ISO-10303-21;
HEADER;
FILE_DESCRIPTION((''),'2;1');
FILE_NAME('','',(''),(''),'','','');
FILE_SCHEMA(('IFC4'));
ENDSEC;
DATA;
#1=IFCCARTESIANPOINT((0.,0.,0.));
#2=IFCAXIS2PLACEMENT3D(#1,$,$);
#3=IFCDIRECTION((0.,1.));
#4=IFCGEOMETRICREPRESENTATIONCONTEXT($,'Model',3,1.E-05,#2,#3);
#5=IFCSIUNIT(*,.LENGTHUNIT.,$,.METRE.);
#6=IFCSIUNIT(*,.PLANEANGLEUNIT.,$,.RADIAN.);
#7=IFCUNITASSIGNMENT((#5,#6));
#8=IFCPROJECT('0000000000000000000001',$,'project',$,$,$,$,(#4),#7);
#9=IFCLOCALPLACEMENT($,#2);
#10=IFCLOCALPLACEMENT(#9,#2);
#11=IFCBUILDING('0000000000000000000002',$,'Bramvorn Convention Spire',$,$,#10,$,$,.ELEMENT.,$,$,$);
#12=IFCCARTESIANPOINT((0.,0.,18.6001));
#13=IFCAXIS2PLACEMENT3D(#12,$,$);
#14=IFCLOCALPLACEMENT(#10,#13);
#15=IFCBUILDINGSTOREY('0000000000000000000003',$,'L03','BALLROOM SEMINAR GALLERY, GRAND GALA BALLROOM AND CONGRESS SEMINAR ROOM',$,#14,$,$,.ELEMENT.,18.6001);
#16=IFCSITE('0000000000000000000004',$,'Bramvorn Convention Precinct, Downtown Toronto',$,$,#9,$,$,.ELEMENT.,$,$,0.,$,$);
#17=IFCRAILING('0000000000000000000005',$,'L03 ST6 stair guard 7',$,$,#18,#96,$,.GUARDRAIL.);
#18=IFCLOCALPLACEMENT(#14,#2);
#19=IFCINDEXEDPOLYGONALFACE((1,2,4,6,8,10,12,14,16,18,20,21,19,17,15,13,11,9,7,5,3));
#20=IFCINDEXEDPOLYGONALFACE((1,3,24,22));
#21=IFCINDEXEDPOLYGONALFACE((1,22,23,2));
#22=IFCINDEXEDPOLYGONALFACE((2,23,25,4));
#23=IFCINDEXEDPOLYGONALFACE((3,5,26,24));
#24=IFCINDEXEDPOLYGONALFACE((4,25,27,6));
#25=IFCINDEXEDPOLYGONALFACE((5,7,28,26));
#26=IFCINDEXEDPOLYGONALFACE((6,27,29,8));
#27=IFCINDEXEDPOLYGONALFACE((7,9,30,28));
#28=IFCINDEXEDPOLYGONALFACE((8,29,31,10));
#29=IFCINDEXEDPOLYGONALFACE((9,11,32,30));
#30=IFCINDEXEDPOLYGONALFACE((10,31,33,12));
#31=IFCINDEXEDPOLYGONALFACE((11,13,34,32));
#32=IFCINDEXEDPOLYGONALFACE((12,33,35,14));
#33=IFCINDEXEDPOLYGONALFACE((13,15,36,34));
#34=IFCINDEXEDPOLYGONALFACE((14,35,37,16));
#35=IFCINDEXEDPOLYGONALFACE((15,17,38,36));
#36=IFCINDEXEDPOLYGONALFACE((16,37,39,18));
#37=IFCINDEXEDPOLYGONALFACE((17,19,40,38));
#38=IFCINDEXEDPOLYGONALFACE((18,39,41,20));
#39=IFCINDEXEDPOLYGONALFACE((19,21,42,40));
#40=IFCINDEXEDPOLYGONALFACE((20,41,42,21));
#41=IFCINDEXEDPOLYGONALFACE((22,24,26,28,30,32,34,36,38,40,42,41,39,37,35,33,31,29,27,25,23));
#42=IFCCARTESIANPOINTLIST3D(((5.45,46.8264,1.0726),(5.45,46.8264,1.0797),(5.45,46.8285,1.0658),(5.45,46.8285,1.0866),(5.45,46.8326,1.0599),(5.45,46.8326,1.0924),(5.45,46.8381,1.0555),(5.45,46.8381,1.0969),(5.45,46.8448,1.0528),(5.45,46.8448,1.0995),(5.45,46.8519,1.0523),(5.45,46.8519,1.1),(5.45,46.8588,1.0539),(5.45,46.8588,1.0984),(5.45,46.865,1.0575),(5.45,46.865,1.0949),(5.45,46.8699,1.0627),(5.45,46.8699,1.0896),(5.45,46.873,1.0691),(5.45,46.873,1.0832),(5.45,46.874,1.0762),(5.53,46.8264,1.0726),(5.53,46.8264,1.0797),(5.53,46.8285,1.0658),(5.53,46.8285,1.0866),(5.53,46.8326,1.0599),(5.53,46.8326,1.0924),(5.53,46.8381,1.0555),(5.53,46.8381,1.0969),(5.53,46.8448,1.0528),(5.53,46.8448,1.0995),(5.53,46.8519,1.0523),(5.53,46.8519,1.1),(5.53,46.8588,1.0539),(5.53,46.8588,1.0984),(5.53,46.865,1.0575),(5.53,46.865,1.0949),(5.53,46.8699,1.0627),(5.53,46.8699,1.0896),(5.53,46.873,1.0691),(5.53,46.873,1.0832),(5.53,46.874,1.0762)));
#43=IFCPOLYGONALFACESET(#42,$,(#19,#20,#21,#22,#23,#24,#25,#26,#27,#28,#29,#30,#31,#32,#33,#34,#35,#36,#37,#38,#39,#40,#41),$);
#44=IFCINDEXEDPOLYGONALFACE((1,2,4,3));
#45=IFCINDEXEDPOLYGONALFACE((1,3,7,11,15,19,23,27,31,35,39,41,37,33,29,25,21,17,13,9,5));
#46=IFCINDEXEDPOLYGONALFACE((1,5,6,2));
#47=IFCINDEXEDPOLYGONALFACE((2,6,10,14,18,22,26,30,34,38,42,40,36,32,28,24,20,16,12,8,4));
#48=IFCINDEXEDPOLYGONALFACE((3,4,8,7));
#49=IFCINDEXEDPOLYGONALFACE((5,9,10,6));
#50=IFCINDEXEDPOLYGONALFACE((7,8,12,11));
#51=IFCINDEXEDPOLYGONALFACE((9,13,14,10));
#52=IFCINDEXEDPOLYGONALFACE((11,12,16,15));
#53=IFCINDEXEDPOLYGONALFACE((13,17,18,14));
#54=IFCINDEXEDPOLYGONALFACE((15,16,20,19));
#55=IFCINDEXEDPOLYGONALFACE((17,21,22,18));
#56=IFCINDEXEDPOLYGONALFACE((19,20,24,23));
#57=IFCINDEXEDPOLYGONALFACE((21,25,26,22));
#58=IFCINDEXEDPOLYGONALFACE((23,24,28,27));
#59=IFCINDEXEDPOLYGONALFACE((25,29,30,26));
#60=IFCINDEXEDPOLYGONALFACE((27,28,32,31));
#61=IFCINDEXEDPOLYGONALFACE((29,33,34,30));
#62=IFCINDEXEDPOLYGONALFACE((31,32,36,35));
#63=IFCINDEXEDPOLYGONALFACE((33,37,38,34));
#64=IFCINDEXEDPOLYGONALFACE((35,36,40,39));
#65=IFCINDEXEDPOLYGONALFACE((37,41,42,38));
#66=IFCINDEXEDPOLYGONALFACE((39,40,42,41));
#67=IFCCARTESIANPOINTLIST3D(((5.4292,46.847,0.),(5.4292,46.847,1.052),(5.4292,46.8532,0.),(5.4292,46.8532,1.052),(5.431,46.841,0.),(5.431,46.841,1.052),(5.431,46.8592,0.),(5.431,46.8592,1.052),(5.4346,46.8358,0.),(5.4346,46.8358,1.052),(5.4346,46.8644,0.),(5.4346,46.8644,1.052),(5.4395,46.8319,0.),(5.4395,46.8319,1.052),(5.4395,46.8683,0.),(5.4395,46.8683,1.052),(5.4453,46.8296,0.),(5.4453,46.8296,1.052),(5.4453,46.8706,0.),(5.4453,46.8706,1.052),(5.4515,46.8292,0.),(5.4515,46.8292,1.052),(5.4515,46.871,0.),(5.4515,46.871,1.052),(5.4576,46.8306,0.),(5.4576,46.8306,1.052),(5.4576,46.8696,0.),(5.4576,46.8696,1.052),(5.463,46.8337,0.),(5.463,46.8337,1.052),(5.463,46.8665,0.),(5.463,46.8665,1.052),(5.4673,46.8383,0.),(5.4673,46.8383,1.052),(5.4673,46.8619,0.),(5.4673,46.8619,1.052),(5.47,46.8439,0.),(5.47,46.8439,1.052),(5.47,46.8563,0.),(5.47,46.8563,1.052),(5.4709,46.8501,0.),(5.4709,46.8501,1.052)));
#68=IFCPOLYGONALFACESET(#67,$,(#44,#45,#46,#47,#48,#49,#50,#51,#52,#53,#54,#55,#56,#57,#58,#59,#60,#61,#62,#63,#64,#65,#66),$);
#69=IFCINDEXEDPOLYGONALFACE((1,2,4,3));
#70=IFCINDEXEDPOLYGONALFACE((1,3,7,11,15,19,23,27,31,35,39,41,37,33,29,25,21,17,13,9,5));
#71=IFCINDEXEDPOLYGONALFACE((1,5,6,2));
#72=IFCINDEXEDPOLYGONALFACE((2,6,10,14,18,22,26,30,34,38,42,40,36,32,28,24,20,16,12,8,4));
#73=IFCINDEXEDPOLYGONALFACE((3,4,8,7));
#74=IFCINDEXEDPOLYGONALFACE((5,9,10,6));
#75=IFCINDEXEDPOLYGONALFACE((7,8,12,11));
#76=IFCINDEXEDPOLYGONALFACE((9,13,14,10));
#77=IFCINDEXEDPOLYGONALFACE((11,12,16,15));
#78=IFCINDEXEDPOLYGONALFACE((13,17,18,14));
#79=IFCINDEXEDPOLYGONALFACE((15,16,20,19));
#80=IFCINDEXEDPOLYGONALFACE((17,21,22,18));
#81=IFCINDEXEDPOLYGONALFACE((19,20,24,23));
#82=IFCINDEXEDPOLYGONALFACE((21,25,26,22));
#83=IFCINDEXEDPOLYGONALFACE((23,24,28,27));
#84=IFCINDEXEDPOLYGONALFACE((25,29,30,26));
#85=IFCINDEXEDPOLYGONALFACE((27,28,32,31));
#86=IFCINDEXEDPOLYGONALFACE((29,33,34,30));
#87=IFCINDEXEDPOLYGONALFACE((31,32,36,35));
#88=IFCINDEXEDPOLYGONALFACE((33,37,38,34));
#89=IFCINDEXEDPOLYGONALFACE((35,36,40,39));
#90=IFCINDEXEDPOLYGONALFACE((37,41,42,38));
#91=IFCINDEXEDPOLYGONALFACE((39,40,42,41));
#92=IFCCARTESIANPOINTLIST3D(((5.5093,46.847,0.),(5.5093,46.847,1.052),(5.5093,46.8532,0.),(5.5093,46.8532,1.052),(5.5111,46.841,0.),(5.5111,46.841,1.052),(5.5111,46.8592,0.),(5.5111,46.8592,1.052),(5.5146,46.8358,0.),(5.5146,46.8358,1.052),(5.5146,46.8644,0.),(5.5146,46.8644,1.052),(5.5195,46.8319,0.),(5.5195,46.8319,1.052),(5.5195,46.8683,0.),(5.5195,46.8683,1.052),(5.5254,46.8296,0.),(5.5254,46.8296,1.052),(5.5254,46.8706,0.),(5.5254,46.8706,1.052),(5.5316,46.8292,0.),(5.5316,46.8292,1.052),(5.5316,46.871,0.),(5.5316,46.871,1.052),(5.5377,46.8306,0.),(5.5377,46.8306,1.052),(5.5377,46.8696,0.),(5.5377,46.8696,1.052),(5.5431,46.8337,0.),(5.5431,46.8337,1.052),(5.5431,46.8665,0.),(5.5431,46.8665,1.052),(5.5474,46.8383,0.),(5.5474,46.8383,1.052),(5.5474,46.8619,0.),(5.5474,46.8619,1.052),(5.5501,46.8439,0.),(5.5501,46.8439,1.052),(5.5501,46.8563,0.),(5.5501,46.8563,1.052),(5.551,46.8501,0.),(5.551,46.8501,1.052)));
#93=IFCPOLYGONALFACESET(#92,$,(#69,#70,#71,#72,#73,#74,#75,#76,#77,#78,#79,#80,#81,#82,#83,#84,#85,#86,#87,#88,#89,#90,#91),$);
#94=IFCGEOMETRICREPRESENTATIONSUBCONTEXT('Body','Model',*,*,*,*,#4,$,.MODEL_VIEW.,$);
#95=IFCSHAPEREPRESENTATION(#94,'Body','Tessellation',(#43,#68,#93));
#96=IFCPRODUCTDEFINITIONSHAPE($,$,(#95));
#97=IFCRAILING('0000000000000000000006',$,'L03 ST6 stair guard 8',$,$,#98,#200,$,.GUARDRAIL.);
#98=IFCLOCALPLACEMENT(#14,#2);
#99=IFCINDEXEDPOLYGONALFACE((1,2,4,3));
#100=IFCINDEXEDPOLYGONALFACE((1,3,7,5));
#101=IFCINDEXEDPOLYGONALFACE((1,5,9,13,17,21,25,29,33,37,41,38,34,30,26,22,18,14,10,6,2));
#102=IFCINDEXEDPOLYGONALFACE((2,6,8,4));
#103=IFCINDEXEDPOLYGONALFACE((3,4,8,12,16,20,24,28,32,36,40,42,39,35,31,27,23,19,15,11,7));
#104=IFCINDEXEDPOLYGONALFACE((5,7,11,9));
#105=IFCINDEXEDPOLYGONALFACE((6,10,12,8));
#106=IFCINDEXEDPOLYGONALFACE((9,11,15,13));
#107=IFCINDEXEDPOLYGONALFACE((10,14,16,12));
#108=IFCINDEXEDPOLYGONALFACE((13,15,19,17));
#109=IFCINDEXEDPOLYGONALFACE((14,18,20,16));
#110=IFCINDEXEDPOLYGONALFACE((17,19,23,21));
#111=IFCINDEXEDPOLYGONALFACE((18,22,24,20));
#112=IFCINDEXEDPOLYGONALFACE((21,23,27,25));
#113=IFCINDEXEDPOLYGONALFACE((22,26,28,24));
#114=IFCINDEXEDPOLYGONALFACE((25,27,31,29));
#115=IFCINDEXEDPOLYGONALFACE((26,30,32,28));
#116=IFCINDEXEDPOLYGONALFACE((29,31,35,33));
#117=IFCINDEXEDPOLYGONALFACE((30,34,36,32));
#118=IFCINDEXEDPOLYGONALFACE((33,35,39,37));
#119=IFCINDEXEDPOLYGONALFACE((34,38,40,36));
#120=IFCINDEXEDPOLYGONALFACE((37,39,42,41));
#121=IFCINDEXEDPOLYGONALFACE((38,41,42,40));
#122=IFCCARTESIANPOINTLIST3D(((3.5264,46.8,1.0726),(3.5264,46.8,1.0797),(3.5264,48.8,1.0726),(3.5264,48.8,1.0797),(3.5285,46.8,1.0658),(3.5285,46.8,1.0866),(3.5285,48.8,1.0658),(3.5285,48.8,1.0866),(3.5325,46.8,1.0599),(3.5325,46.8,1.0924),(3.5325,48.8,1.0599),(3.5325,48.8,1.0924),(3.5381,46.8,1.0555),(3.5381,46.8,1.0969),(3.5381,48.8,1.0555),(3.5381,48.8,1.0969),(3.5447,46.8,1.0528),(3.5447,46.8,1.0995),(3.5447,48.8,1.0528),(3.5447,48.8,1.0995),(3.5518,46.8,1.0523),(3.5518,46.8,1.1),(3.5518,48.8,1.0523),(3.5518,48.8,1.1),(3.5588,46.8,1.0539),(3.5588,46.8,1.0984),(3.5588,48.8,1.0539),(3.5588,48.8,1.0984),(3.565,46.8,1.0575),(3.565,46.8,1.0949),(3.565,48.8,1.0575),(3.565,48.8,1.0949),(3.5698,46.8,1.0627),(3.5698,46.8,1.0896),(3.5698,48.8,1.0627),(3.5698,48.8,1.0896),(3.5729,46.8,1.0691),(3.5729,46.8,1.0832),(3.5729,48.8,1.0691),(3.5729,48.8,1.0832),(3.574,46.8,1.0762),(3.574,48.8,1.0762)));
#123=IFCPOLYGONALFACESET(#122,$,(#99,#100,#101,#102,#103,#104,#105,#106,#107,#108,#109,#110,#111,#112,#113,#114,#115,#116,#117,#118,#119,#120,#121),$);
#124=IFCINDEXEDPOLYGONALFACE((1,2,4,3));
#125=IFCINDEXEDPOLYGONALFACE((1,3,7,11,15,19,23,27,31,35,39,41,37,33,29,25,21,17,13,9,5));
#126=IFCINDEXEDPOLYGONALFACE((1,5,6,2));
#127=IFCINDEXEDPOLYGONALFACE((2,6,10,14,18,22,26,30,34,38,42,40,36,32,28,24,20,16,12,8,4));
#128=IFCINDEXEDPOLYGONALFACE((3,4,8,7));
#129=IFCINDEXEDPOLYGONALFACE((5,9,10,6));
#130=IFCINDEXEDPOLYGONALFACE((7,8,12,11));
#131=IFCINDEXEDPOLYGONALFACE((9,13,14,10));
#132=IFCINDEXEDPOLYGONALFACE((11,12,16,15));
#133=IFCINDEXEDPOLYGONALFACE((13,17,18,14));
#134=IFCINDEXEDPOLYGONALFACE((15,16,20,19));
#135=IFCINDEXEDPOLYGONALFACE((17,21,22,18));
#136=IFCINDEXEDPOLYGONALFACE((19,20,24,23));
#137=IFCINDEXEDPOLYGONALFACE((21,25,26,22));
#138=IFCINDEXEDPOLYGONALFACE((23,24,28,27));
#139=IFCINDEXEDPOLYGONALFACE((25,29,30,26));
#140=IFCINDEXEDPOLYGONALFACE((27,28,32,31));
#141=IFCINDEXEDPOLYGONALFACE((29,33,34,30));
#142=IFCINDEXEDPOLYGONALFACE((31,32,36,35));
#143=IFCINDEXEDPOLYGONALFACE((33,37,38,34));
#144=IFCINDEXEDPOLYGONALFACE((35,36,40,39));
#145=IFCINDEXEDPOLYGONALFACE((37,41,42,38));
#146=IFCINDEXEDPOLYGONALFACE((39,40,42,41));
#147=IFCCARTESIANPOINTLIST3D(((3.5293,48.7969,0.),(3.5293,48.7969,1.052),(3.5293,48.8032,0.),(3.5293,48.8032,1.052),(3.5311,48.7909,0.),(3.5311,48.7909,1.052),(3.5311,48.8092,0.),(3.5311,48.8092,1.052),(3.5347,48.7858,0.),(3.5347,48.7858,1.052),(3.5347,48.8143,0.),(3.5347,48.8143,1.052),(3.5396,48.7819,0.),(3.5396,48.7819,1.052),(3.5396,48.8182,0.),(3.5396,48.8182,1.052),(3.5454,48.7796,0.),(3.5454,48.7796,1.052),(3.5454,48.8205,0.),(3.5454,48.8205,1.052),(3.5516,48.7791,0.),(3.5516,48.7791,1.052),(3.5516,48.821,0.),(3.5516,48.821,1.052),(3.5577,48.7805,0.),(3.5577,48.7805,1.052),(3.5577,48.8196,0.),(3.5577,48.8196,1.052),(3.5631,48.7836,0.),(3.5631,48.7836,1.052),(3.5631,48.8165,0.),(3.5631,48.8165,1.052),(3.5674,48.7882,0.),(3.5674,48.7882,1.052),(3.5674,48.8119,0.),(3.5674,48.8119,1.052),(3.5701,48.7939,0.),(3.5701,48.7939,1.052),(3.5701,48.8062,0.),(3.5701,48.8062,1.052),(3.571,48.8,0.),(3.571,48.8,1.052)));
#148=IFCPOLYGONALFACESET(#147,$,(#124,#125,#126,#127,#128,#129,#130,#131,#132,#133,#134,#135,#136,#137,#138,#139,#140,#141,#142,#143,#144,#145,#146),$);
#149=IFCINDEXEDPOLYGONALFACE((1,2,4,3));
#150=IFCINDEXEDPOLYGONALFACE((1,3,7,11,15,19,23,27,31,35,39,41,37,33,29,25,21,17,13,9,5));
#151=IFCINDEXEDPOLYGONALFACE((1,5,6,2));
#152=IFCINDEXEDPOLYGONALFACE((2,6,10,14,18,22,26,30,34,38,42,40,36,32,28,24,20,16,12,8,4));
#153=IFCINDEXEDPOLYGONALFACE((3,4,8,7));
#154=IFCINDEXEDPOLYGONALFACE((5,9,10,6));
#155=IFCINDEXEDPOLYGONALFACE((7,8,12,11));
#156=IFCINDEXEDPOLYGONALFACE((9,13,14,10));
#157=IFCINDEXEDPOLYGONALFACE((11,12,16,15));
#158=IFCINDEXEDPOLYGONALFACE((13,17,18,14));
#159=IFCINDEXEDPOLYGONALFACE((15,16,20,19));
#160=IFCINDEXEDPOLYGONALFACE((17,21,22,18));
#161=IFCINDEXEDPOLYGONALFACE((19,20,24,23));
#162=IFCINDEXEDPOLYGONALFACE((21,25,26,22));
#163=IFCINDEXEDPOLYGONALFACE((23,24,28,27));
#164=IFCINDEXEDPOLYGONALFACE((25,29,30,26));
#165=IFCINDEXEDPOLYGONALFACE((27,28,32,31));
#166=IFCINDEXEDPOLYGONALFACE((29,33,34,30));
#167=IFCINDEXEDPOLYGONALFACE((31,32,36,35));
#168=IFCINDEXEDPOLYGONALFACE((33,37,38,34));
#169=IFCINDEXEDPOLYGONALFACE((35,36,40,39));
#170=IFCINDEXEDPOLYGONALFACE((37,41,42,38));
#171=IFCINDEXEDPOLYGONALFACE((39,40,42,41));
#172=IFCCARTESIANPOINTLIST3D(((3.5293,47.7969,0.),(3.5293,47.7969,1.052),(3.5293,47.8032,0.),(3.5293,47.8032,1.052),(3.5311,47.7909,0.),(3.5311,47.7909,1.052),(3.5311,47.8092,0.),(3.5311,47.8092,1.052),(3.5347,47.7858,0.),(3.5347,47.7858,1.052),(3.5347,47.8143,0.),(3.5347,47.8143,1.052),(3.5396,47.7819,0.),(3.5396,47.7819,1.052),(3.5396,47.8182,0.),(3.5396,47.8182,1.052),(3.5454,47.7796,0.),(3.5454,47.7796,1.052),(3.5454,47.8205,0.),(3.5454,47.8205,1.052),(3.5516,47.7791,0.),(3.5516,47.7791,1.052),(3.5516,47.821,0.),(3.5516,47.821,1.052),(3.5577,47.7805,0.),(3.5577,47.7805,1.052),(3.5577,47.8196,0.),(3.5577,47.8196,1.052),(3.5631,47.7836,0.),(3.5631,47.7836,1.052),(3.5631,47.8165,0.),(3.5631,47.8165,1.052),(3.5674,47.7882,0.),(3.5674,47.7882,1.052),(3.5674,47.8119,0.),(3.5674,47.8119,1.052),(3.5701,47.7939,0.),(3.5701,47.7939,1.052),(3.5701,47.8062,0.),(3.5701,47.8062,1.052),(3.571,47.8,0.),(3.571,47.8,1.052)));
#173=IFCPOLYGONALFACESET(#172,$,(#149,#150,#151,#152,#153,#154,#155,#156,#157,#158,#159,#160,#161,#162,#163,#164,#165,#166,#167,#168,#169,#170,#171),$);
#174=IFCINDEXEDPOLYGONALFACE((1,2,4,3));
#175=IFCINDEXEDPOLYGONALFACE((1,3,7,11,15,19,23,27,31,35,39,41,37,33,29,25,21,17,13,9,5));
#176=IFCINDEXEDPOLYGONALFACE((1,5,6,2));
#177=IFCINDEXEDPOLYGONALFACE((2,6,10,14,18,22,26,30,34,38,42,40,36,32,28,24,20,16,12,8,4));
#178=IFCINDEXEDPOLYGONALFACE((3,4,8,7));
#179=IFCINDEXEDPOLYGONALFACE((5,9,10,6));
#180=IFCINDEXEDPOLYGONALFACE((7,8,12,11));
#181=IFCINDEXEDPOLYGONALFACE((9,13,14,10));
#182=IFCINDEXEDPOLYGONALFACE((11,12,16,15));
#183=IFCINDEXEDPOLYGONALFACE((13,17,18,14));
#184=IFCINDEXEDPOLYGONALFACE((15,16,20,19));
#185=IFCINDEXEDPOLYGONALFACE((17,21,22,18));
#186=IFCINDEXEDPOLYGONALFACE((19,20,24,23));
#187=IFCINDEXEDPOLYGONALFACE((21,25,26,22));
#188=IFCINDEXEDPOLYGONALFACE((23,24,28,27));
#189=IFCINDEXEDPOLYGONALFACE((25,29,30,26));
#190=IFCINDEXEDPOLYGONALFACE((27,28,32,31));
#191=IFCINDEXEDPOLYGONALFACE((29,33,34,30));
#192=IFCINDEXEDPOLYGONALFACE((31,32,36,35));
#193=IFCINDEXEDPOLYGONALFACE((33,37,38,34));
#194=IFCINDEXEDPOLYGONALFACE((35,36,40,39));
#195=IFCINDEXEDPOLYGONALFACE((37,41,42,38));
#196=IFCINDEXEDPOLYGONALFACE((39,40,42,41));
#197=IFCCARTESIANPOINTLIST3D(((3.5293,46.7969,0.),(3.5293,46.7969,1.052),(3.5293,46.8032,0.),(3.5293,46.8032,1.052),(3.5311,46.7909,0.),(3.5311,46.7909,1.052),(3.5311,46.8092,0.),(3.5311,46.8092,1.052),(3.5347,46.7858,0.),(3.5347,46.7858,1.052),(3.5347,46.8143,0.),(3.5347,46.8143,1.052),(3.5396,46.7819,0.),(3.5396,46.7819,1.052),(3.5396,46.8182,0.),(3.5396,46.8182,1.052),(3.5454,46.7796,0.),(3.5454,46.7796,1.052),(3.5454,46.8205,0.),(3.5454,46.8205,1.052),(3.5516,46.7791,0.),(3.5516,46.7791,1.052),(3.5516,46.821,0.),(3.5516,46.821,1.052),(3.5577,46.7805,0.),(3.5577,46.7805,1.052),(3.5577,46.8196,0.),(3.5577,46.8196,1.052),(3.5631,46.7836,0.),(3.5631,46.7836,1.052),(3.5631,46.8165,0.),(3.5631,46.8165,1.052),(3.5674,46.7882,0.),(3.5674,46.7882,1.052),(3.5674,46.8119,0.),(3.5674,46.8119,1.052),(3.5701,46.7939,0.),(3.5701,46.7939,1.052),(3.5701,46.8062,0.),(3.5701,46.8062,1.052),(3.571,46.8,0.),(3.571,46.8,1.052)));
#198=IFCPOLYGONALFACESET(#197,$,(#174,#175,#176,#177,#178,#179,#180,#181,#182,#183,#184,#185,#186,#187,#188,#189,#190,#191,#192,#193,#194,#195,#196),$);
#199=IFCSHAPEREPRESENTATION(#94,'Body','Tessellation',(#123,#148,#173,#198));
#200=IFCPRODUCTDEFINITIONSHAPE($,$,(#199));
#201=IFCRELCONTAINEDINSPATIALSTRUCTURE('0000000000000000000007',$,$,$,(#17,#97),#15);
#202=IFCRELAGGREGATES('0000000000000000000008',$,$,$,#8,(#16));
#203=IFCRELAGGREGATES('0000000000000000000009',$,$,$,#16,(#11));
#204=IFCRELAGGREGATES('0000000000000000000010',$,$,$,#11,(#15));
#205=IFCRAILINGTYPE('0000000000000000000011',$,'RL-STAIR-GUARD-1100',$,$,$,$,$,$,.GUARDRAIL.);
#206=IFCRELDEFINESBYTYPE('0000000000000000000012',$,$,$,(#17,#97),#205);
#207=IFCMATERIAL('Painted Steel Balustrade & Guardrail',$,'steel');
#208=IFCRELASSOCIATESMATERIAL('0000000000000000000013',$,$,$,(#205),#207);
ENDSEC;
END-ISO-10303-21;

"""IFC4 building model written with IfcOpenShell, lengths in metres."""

from ifc_helpers import new_model, si_unit, direction, frame, origin, origin_2d, place, context, subcontext, project, spatial, circle, extrude, material, type_object, element, save


model = new_model("IFC4")

# Units and contexts
model_context = context("Model", 3, precision=1e-05, world=origin(), true_north=direction((0.0, 1.0)))
body_context = subcontext(model_context, "Body", "Model", "MODEL_VIEW")
ifc_project = project(units=[si_unit("LENGTHUNIT", "METRE"), si_unit("PLANEANGLEUNIT", "RADIAN")], contexts=[model_context])

# Site, building, storey
site_placement = place(None, origin())
site = spatial("IfcSite", under=ifc_project, at=site_placement, Name="Bramvorn Convention Precinct, Downtown Toronto", CompositionType="ELEMENT", RefElevation=0.0)
building_placement = place(site_placement, origin())
building = spatial("IfcBuilding", under=site, at=building_placement, Name="Bramvorn Convention Spire", CompositionType="ELEMENT")
storey_placement = place(building_placement, frame((0.0, 0.0, 18.6001)))
storey = spatial("IfcBuildingStorey", under=building, at=storey_placement, Name="L03", Description="BALLROOM SEMINAR GALLERY, GRAND GALA BALLROOM AND CONGRESS SEMINAR ROOM", CompositionType="ELEMENT", Elevation=18.6001)

# Railings
ifc_material_1 = material(Name="Painted Steel Balustrade & Guardrail", Category="steel")
railing_type_1 = type_object("IfcRailingType", Name="RL-STAIR-GUARD-1100", PredefinedType="GUARDRAIL", material=ifc_material_1)
railing_1_placement = place(storey_placement, frame((5.45, 46.8501, 0.0)))
element("IfcRailing", 1, at=railing_1_placement, inside=storey, type_object=railing_type_1, Name="L03 ST6 stair guard 7", PredefinedType="GUARDRAIL", context=body_context, shape_type="SweptSolid", body=[
    extrude(circle(Radius=0.0239, at=origin_2d()), frame((0.0, 0.0, 1.0762), z_axis=(1.0, 0.0, 0.0), x_axis=(0.0, 1.0, 0.0)), (0.0, 0.0, 1.0), 0.0801),
    extrude(circle(Radius=0.021, at=origin_2d()), origin(), (0.0, 0.0, 1.0), 1.052),
    extrude(circle(Radius=0.021, at=origin_2d()), frame((0.0801, 0.0, 0.0)), (0.0, 0.0, 1.0), 1.052),
])
for number, where, name in (
    (2, (3.55, 48.8, 0.0), "L03 ST6 stair guard 8"),
):
    element("IfcRailing", number, at=place(storey_placement, frame(where)), inside=storey, type_object=railing_type_1, Name=name, PredefinedType="GUARDRAIL", context=body_context, shape_type="SweptSolid", body=[
        extrude(circle(Radius=0.0239, at=origin_2d()), frame((0.0, 0.0, 1.0762), z_axis=(0.0, -1.0, 0.0), x_axis=(1.0, 0.0, 0.0)), (0.0, 0.0, 1.0), 2.0),
        extrude(circle(Radius=0.021, at=origin_2d()), origin(), (0.0, 0.0, 1.0), 1.052),
        extrude(circle(Radius=0.021, at=origin_2d()), frame((0.0, -1.0, 0.0)), (0.0, 0.0, 1.0), 1.052),
        extrude(circle(Radius=0.021, at=origin_2d()), frame((0.0, -2.0, 0.0)), (0.0, 0.0, 1.0), 1.052),
    ])

save(model, "model.ifc")
